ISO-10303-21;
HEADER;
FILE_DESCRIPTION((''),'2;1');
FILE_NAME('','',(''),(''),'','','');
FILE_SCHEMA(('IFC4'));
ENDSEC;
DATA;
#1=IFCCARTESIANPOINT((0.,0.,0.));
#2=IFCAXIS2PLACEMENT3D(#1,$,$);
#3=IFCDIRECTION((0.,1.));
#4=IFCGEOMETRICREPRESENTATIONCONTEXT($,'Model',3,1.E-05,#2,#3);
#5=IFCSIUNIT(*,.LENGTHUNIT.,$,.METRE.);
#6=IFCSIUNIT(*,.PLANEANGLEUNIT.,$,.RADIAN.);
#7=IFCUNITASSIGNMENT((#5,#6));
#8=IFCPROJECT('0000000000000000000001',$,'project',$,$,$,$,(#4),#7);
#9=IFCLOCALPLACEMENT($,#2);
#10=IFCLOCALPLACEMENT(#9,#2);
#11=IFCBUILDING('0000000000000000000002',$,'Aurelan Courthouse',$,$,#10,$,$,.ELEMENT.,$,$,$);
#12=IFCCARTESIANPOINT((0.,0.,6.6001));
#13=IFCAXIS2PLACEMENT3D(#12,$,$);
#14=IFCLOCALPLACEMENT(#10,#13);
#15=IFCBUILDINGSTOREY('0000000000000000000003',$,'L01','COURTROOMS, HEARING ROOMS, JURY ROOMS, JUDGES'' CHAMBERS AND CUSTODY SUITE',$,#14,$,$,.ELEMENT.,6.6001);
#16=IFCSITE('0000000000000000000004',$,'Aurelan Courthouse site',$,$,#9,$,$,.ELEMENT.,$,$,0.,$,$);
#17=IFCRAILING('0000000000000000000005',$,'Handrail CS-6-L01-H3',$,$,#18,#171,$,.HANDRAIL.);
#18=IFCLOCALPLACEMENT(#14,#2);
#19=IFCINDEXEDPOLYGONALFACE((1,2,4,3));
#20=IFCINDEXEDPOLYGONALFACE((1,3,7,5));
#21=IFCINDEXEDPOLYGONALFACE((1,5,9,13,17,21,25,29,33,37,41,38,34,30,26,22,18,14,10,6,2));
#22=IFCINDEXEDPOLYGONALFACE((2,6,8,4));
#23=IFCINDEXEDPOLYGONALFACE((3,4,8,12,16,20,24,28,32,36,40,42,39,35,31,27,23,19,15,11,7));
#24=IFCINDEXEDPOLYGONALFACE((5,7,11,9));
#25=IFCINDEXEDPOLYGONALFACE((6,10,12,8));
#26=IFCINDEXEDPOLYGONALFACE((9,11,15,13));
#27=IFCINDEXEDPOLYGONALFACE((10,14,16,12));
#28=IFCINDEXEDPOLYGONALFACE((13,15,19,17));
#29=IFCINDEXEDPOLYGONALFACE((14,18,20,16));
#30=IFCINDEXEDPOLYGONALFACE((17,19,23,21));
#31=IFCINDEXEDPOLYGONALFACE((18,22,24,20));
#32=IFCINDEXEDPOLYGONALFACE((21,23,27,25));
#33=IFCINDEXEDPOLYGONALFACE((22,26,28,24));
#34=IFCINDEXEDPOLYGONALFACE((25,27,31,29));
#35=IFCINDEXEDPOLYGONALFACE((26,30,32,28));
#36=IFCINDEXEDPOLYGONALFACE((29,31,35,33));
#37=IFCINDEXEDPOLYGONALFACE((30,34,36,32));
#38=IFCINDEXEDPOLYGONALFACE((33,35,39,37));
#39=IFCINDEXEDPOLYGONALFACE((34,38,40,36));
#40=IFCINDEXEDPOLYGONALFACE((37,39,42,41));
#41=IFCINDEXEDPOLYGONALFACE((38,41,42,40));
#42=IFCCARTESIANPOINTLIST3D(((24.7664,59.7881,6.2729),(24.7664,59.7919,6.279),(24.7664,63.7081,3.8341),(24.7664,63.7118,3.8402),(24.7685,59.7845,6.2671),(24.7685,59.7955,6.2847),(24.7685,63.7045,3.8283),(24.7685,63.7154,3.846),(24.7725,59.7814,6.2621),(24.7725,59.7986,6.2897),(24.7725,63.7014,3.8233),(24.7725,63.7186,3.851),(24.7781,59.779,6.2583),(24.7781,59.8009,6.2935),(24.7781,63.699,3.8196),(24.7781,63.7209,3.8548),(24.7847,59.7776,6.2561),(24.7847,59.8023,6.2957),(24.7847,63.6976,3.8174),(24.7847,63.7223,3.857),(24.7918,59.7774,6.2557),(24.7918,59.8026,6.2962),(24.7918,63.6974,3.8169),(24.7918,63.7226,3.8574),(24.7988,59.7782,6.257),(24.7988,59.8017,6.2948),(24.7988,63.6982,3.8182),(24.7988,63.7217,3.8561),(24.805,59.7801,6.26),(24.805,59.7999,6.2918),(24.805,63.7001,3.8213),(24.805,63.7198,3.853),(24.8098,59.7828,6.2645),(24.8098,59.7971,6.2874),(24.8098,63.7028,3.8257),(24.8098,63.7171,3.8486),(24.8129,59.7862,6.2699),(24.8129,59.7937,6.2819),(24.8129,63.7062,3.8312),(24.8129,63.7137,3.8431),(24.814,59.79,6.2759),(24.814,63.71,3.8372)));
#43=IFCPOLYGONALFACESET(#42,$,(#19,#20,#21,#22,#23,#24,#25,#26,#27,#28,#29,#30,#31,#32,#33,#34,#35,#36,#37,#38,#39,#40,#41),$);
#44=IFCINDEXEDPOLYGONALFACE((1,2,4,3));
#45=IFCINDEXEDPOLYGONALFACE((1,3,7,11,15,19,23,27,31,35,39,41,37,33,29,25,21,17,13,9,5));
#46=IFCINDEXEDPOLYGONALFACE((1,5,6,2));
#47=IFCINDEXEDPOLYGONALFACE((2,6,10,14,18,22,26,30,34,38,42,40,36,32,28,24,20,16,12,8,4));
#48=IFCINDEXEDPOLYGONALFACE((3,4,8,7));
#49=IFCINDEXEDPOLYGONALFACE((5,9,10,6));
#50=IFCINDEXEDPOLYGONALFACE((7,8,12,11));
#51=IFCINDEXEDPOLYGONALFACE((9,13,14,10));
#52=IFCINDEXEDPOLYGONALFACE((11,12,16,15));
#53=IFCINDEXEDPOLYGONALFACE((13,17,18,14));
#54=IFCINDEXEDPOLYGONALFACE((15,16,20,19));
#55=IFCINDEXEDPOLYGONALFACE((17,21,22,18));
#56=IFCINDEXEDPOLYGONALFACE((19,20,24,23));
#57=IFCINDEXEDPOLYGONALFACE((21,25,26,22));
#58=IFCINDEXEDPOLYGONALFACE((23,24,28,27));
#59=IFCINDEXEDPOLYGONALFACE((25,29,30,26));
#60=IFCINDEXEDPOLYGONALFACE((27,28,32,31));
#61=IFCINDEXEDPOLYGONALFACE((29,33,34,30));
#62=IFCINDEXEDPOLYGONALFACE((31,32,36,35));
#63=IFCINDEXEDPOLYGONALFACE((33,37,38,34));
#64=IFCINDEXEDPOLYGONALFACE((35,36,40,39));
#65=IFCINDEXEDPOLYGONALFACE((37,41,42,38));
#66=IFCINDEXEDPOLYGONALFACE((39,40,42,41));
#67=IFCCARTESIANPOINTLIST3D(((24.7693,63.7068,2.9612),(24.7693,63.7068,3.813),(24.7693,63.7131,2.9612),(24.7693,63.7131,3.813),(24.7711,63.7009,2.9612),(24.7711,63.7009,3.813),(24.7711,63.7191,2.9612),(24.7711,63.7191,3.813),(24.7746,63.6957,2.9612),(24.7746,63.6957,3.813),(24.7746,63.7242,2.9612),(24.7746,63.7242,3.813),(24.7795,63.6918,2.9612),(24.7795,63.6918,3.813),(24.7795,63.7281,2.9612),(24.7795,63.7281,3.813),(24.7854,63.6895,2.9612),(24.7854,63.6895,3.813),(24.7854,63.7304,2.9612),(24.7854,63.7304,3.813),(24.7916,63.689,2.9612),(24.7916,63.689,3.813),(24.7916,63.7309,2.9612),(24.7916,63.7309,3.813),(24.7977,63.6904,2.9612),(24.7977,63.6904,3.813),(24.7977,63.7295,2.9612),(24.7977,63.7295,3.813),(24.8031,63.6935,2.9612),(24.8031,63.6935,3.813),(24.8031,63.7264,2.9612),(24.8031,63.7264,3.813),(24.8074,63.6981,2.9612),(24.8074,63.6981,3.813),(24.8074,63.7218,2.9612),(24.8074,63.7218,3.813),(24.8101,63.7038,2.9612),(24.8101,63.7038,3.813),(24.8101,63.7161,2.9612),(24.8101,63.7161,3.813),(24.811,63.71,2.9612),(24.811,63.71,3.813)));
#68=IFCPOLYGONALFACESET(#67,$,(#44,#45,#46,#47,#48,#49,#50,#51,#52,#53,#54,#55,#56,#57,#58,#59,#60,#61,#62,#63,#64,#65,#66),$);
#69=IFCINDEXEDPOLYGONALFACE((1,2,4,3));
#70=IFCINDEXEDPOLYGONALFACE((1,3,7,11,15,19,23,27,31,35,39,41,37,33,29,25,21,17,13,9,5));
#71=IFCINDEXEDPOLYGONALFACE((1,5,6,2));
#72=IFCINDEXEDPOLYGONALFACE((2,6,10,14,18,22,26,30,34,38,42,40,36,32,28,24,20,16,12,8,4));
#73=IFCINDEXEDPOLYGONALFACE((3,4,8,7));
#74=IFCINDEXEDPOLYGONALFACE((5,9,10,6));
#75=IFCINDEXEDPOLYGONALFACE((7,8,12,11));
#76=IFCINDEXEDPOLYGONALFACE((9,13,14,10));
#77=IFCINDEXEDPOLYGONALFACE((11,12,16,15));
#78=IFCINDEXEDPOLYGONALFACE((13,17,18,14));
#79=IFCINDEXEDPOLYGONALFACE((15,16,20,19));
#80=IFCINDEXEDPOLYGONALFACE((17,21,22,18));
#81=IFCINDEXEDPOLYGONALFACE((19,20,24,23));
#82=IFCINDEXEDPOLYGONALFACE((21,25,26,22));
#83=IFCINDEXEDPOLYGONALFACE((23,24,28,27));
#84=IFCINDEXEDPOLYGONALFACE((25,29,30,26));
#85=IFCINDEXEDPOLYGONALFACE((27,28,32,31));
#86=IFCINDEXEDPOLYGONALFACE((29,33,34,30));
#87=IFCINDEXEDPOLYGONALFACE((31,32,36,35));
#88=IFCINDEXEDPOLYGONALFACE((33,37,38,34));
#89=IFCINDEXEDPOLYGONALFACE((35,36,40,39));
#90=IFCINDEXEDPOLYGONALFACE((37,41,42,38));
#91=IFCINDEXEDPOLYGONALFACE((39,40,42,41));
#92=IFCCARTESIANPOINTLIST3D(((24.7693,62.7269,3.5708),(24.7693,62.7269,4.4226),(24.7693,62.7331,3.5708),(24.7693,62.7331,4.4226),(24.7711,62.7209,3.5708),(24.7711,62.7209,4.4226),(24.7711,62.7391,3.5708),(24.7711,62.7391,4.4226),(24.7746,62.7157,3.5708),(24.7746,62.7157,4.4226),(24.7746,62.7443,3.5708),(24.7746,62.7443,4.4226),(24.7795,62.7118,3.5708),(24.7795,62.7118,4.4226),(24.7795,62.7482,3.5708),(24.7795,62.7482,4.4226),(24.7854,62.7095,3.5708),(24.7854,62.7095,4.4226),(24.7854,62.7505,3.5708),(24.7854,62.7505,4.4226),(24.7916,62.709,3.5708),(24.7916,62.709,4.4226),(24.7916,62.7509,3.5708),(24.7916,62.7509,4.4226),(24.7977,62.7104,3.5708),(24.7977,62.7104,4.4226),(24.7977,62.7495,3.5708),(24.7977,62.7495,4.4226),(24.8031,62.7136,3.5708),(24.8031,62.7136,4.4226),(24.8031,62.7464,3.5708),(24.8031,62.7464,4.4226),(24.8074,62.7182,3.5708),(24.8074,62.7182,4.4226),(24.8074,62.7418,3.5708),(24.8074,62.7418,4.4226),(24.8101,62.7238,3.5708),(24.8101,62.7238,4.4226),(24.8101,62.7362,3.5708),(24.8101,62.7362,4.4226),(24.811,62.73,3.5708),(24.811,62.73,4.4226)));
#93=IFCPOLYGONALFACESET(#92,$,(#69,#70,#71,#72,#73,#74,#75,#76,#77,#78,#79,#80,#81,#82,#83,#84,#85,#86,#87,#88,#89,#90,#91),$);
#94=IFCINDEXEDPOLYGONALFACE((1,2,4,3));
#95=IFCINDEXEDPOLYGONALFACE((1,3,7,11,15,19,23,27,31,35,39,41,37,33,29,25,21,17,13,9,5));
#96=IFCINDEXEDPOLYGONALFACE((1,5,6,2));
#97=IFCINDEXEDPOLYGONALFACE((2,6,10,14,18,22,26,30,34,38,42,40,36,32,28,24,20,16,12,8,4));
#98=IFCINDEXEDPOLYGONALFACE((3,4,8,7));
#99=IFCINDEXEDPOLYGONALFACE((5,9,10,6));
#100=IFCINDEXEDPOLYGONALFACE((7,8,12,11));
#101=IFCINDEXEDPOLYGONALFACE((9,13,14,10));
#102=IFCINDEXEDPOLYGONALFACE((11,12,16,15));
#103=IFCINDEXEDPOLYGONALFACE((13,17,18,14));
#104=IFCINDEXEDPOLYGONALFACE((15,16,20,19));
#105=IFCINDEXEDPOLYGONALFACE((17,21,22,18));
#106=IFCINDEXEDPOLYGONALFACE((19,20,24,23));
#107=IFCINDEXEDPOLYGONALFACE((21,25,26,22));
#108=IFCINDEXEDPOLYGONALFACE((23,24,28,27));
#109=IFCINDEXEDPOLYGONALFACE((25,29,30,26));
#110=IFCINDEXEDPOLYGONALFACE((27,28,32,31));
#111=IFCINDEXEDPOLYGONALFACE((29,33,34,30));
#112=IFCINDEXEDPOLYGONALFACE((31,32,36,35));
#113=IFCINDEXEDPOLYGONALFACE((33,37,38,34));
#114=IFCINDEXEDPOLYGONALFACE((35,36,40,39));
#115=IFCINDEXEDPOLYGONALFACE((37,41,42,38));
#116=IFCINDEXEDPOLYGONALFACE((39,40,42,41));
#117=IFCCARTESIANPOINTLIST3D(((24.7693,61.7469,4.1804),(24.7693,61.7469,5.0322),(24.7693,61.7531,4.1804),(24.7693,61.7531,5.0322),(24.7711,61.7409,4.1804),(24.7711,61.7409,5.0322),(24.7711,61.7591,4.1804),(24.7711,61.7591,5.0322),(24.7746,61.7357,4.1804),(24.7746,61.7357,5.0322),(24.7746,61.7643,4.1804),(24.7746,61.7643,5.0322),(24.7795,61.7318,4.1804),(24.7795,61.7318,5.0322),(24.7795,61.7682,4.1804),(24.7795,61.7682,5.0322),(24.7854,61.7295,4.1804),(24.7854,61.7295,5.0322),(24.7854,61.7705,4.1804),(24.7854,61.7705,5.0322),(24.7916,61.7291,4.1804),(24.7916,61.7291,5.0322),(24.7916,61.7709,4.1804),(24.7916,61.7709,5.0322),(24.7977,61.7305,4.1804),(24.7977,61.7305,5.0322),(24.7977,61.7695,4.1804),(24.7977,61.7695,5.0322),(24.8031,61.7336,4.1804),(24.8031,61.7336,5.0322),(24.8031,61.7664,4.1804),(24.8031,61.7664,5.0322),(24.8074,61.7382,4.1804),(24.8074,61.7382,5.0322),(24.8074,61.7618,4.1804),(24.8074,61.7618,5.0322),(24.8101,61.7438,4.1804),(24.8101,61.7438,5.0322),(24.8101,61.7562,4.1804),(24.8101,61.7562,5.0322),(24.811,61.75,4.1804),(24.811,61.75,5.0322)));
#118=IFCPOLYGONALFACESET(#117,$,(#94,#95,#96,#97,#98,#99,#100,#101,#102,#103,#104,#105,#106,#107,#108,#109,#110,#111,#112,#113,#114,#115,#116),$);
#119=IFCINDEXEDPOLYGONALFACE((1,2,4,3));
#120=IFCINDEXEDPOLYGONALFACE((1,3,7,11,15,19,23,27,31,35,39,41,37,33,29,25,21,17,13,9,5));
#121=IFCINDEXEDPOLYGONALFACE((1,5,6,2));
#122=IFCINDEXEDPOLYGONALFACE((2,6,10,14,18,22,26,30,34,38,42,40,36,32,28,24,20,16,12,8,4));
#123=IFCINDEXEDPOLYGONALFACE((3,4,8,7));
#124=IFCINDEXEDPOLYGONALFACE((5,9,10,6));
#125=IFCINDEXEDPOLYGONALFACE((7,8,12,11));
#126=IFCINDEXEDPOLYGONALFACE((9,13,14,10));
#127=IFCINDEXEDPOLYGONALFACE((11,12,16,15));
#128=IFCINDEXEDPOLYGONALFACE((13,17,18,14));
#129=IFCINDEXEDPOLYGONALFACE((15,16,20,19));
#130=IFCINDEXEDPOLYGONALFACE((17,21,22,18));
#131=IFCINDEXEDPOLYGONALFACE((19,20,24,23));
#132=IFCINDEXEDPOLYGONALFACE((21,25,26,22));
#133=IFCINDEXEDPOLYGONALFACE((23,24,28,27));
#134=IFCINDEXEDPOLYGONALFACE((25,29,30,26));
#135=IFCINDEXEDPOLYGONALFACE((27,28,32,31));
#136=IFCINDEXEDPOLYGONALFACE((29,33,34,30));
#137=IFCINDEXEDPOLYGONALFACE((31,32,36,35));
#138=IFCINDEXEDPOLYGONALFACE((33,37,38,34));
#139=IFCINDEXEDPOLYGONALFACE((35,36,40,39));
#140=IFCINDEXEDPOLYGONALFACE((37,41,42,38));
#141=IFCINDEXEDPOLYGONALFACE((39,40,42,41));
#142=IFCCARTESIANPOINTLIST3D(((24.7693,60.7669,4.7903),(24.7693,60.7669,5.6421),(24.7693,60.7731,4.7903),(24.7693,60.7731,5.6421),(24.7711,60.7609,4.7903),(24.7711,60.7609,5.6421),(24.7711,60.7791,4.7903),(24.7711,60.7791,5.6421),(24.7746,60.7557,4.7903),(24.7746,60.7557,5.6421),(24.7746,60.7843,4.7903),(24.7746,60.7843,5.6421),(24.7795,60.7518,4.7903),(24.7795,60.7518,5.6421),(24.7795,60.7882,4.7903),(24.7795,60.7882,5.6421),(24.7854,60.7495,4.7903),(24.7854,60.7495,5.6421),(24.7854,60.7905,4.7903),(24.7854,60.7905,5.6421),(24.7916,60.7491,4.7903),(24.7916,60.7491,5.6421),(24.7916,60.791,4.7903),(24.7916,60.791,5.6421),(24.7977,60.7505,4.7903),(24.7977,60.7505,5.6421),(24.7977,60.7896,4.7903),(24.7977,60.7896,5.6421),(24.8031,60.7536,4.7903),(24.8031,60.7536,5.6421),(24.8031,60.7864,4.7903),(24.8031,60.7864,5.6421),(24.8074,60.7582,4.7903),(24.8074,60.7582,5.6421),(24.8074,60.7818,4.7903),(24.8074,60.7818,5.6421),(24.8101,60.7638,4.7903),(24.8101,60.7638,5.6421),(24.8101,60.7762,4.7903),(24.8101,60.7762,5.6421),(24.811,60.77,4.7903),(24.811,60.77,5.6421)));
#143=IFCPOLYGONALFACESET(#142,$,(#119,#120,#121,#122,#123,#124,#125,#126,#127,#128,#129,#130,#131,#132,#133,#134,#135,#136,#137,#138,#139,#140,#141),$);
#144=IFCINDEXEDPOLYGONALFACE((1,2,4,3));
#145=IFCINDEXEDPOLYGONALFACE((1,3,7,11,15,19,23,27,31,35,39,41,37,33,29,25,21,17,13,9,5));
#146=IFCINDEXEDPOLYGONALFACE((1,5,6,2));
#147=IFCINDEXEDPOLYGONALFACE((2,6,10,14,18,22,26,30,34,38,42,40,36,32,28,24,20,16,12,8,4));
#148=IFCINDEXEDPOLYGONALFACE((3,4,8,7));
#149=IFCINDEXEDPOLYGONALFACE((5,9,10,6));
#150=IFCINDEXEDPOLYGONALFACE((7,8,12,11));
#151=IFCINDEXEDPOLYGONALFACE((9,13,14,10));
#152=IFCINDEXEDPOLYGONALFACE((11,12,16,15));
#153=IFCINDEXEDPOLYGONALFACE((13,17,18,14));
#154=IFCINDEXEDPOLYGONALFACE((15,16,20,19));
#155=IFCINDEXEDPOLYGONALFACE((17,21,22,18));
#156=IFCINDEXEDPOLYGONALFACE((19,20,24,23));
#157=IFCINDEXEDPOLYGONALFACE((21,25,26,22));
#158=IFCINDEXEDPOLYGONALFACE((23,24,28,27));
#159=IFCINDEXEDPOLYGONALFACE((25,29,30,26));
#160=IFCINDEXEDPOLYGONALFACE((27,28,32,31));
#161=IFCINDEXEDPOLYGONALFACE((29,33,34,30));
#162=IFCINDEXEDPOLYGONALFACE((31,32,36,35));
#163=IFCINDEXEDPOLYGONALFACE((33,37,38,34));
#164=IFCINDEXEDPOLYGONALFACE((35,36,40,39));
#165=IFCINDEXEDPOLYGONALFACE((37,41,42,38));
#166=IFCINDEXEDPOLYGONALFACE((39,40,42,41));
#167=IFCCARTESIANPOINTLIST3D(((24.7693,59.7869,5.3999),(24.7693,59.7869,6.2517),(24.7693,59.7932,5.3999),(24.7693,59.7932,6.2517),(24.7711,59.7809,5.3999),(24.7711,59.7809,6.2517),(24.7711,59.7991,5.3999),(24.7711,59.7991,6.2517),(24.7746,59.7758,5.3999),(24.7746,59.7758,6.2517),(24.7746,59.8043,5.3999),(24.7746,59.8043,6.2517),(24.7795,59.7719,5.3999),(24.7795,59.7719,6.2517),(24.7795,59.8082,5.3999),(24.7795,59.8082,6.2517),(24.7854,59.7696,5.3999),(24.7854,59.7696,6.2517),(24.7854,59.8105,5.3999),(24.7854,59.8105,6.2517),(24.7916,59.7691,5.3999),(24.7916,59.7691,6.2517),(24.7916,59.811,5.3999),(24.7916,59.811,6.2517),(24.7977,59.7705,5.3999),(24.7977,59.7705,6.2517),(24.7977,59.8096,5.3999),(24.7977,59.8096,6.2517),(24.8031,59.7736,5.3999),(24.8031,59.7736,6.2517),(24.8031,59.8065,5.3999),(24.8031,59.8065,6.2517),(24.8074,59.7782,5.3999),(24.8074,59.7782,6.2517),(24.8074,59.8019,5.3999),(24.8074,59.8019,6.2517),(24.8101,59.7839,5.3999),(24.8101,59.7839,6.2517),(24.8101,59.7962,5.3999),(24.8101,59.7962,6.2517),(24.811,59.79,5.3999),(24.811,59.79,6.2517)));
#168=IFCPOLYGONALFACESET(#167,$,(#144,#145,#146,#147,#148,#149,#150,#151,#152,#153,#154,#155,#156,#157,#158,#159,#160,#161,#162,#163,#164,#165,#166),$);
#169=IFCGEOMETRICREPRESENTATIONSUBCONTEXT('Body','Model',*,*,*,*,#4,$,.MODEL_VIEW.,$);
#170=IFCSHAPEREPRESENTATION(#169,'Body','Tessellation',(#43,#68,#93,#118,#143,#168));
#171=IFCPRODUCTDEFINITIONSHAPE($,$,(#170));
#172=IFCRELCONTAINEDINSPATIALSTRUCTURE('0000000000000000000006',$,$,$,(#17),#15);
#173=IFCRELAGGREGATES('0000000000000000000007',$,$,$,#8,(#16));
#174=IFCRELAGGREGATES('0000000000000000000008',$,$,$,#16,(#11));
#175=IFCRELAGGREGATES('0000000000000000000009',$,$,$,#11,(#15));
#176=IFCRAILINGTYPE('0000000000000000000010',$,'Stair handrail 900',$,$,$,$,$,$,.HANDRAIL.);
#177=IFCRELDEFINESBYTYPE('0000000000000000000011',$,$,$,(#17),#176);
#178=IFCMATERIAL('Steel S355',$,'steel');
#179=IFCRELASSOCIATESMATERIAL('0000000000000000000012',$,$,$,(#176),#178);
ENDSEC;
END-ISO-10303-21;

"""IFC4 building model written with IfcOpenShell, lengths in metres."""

from ifc_helpers import new_model, si_unit, direction, frame, origin, origin_2d, place, context, subcontext, project, spatial, circle, extrude, material, type_object, element, save


model = new_model("IFC4")

# Units and contexts
model_context = context("Model", 3, precision=1e-05, world=origin(), true_north=direction((0.0, 1.0)))
body_context = subcontext(model_context, "Body", "Model", "MODEL_VIEW")
ifc_project = project(units=[si_unit("LENGTHUNIT", "METRE"), si_unit("PLANEANGLEUNIT", "RADIAN")], contexts=[model_context])

# Site, building, storey
site_placement = place(None, origin())
site = spatial("IfcSite", under=ifc_project, at=site_placement, Name="Aurelan Courthouse site", CompositionType="ELEMENT", RefElevation=0.0)
building_placement = place(site_placement, origin())
building = spatial("IfcBuilding", under=site, at=building_placement, Name="Aurelan Courthouse", CompositionType="ELEMENT")
storey_placement = place(building_placement, frame((0.0, 0.0, 6.6001)))
storey = spatial("IfcBuildingStorey", under=building, at=storey_placement, Name="L01", Description="COURTROOMS, HEARING ROOMS, JURY ROOMS, JUDGES' CHAMBERS AND CUSTODY SUITE", CompositionType="ELEMENT", Elevation=6.6001)

# Railing
ifc_material_1 = material(Name="Steel S355", Category="steel")
railing_type_1 = type_object("IfcRailingType", Name="Stair handrail 900", PredefinedType="HANDRAIL", material=ifc_material_1)
for number, where, name in (
    (1, (24.79, 63.71, 2.9612), "Handrail CS-6-L01-H3"),
):
    element("IfcRailing", number, at=place(storey_placement, frame(where)), inside=storey, type_object=railing_type_1, Name=name, PredefinedType="HANDRAIL", context=body_context, shape_type="SweptSolid", body=[
        extrude(circle(Radius=0.0239, at=origin_2d()), frame((0.0, 0.0, 0.876), z_axis=(0.0, -0.84909, 0.528249), x_axis=(1.0, 0.0, 0.0)), (0.0, 0.0, 1.0), 4.6167),
        extrude(circle(Radius=0.021, at=origin_2d()), origin(), (0.0, 0.0, 1.0), 0.8518),
        extrude(circle(Radius=0.021, at=origin_2d()), frame((0.0, -0.98, 0.6096)), (0.0, 0.0, 1.0), 0.8518),
        extrude(circle(Radius=0.021, at=origin_2d()), frame((0.0, -1.96, 1.2192)), (0.0, 0.0, 1.0), 0.8518),
        extrude(circle(Radius=0.021, at=origin_2d()), frame((0.0, -2.9399, 1.8291)), (0.0, 0.0, 1.0), 0.8518),
        extrude(circle(Radius=0.021, at=origin_2d()), frame((0.0, -3.9199, 2.4387)), (0.0, 0.0, 1.0), 0.8518),
    ])

save(model, "model.ifc")
